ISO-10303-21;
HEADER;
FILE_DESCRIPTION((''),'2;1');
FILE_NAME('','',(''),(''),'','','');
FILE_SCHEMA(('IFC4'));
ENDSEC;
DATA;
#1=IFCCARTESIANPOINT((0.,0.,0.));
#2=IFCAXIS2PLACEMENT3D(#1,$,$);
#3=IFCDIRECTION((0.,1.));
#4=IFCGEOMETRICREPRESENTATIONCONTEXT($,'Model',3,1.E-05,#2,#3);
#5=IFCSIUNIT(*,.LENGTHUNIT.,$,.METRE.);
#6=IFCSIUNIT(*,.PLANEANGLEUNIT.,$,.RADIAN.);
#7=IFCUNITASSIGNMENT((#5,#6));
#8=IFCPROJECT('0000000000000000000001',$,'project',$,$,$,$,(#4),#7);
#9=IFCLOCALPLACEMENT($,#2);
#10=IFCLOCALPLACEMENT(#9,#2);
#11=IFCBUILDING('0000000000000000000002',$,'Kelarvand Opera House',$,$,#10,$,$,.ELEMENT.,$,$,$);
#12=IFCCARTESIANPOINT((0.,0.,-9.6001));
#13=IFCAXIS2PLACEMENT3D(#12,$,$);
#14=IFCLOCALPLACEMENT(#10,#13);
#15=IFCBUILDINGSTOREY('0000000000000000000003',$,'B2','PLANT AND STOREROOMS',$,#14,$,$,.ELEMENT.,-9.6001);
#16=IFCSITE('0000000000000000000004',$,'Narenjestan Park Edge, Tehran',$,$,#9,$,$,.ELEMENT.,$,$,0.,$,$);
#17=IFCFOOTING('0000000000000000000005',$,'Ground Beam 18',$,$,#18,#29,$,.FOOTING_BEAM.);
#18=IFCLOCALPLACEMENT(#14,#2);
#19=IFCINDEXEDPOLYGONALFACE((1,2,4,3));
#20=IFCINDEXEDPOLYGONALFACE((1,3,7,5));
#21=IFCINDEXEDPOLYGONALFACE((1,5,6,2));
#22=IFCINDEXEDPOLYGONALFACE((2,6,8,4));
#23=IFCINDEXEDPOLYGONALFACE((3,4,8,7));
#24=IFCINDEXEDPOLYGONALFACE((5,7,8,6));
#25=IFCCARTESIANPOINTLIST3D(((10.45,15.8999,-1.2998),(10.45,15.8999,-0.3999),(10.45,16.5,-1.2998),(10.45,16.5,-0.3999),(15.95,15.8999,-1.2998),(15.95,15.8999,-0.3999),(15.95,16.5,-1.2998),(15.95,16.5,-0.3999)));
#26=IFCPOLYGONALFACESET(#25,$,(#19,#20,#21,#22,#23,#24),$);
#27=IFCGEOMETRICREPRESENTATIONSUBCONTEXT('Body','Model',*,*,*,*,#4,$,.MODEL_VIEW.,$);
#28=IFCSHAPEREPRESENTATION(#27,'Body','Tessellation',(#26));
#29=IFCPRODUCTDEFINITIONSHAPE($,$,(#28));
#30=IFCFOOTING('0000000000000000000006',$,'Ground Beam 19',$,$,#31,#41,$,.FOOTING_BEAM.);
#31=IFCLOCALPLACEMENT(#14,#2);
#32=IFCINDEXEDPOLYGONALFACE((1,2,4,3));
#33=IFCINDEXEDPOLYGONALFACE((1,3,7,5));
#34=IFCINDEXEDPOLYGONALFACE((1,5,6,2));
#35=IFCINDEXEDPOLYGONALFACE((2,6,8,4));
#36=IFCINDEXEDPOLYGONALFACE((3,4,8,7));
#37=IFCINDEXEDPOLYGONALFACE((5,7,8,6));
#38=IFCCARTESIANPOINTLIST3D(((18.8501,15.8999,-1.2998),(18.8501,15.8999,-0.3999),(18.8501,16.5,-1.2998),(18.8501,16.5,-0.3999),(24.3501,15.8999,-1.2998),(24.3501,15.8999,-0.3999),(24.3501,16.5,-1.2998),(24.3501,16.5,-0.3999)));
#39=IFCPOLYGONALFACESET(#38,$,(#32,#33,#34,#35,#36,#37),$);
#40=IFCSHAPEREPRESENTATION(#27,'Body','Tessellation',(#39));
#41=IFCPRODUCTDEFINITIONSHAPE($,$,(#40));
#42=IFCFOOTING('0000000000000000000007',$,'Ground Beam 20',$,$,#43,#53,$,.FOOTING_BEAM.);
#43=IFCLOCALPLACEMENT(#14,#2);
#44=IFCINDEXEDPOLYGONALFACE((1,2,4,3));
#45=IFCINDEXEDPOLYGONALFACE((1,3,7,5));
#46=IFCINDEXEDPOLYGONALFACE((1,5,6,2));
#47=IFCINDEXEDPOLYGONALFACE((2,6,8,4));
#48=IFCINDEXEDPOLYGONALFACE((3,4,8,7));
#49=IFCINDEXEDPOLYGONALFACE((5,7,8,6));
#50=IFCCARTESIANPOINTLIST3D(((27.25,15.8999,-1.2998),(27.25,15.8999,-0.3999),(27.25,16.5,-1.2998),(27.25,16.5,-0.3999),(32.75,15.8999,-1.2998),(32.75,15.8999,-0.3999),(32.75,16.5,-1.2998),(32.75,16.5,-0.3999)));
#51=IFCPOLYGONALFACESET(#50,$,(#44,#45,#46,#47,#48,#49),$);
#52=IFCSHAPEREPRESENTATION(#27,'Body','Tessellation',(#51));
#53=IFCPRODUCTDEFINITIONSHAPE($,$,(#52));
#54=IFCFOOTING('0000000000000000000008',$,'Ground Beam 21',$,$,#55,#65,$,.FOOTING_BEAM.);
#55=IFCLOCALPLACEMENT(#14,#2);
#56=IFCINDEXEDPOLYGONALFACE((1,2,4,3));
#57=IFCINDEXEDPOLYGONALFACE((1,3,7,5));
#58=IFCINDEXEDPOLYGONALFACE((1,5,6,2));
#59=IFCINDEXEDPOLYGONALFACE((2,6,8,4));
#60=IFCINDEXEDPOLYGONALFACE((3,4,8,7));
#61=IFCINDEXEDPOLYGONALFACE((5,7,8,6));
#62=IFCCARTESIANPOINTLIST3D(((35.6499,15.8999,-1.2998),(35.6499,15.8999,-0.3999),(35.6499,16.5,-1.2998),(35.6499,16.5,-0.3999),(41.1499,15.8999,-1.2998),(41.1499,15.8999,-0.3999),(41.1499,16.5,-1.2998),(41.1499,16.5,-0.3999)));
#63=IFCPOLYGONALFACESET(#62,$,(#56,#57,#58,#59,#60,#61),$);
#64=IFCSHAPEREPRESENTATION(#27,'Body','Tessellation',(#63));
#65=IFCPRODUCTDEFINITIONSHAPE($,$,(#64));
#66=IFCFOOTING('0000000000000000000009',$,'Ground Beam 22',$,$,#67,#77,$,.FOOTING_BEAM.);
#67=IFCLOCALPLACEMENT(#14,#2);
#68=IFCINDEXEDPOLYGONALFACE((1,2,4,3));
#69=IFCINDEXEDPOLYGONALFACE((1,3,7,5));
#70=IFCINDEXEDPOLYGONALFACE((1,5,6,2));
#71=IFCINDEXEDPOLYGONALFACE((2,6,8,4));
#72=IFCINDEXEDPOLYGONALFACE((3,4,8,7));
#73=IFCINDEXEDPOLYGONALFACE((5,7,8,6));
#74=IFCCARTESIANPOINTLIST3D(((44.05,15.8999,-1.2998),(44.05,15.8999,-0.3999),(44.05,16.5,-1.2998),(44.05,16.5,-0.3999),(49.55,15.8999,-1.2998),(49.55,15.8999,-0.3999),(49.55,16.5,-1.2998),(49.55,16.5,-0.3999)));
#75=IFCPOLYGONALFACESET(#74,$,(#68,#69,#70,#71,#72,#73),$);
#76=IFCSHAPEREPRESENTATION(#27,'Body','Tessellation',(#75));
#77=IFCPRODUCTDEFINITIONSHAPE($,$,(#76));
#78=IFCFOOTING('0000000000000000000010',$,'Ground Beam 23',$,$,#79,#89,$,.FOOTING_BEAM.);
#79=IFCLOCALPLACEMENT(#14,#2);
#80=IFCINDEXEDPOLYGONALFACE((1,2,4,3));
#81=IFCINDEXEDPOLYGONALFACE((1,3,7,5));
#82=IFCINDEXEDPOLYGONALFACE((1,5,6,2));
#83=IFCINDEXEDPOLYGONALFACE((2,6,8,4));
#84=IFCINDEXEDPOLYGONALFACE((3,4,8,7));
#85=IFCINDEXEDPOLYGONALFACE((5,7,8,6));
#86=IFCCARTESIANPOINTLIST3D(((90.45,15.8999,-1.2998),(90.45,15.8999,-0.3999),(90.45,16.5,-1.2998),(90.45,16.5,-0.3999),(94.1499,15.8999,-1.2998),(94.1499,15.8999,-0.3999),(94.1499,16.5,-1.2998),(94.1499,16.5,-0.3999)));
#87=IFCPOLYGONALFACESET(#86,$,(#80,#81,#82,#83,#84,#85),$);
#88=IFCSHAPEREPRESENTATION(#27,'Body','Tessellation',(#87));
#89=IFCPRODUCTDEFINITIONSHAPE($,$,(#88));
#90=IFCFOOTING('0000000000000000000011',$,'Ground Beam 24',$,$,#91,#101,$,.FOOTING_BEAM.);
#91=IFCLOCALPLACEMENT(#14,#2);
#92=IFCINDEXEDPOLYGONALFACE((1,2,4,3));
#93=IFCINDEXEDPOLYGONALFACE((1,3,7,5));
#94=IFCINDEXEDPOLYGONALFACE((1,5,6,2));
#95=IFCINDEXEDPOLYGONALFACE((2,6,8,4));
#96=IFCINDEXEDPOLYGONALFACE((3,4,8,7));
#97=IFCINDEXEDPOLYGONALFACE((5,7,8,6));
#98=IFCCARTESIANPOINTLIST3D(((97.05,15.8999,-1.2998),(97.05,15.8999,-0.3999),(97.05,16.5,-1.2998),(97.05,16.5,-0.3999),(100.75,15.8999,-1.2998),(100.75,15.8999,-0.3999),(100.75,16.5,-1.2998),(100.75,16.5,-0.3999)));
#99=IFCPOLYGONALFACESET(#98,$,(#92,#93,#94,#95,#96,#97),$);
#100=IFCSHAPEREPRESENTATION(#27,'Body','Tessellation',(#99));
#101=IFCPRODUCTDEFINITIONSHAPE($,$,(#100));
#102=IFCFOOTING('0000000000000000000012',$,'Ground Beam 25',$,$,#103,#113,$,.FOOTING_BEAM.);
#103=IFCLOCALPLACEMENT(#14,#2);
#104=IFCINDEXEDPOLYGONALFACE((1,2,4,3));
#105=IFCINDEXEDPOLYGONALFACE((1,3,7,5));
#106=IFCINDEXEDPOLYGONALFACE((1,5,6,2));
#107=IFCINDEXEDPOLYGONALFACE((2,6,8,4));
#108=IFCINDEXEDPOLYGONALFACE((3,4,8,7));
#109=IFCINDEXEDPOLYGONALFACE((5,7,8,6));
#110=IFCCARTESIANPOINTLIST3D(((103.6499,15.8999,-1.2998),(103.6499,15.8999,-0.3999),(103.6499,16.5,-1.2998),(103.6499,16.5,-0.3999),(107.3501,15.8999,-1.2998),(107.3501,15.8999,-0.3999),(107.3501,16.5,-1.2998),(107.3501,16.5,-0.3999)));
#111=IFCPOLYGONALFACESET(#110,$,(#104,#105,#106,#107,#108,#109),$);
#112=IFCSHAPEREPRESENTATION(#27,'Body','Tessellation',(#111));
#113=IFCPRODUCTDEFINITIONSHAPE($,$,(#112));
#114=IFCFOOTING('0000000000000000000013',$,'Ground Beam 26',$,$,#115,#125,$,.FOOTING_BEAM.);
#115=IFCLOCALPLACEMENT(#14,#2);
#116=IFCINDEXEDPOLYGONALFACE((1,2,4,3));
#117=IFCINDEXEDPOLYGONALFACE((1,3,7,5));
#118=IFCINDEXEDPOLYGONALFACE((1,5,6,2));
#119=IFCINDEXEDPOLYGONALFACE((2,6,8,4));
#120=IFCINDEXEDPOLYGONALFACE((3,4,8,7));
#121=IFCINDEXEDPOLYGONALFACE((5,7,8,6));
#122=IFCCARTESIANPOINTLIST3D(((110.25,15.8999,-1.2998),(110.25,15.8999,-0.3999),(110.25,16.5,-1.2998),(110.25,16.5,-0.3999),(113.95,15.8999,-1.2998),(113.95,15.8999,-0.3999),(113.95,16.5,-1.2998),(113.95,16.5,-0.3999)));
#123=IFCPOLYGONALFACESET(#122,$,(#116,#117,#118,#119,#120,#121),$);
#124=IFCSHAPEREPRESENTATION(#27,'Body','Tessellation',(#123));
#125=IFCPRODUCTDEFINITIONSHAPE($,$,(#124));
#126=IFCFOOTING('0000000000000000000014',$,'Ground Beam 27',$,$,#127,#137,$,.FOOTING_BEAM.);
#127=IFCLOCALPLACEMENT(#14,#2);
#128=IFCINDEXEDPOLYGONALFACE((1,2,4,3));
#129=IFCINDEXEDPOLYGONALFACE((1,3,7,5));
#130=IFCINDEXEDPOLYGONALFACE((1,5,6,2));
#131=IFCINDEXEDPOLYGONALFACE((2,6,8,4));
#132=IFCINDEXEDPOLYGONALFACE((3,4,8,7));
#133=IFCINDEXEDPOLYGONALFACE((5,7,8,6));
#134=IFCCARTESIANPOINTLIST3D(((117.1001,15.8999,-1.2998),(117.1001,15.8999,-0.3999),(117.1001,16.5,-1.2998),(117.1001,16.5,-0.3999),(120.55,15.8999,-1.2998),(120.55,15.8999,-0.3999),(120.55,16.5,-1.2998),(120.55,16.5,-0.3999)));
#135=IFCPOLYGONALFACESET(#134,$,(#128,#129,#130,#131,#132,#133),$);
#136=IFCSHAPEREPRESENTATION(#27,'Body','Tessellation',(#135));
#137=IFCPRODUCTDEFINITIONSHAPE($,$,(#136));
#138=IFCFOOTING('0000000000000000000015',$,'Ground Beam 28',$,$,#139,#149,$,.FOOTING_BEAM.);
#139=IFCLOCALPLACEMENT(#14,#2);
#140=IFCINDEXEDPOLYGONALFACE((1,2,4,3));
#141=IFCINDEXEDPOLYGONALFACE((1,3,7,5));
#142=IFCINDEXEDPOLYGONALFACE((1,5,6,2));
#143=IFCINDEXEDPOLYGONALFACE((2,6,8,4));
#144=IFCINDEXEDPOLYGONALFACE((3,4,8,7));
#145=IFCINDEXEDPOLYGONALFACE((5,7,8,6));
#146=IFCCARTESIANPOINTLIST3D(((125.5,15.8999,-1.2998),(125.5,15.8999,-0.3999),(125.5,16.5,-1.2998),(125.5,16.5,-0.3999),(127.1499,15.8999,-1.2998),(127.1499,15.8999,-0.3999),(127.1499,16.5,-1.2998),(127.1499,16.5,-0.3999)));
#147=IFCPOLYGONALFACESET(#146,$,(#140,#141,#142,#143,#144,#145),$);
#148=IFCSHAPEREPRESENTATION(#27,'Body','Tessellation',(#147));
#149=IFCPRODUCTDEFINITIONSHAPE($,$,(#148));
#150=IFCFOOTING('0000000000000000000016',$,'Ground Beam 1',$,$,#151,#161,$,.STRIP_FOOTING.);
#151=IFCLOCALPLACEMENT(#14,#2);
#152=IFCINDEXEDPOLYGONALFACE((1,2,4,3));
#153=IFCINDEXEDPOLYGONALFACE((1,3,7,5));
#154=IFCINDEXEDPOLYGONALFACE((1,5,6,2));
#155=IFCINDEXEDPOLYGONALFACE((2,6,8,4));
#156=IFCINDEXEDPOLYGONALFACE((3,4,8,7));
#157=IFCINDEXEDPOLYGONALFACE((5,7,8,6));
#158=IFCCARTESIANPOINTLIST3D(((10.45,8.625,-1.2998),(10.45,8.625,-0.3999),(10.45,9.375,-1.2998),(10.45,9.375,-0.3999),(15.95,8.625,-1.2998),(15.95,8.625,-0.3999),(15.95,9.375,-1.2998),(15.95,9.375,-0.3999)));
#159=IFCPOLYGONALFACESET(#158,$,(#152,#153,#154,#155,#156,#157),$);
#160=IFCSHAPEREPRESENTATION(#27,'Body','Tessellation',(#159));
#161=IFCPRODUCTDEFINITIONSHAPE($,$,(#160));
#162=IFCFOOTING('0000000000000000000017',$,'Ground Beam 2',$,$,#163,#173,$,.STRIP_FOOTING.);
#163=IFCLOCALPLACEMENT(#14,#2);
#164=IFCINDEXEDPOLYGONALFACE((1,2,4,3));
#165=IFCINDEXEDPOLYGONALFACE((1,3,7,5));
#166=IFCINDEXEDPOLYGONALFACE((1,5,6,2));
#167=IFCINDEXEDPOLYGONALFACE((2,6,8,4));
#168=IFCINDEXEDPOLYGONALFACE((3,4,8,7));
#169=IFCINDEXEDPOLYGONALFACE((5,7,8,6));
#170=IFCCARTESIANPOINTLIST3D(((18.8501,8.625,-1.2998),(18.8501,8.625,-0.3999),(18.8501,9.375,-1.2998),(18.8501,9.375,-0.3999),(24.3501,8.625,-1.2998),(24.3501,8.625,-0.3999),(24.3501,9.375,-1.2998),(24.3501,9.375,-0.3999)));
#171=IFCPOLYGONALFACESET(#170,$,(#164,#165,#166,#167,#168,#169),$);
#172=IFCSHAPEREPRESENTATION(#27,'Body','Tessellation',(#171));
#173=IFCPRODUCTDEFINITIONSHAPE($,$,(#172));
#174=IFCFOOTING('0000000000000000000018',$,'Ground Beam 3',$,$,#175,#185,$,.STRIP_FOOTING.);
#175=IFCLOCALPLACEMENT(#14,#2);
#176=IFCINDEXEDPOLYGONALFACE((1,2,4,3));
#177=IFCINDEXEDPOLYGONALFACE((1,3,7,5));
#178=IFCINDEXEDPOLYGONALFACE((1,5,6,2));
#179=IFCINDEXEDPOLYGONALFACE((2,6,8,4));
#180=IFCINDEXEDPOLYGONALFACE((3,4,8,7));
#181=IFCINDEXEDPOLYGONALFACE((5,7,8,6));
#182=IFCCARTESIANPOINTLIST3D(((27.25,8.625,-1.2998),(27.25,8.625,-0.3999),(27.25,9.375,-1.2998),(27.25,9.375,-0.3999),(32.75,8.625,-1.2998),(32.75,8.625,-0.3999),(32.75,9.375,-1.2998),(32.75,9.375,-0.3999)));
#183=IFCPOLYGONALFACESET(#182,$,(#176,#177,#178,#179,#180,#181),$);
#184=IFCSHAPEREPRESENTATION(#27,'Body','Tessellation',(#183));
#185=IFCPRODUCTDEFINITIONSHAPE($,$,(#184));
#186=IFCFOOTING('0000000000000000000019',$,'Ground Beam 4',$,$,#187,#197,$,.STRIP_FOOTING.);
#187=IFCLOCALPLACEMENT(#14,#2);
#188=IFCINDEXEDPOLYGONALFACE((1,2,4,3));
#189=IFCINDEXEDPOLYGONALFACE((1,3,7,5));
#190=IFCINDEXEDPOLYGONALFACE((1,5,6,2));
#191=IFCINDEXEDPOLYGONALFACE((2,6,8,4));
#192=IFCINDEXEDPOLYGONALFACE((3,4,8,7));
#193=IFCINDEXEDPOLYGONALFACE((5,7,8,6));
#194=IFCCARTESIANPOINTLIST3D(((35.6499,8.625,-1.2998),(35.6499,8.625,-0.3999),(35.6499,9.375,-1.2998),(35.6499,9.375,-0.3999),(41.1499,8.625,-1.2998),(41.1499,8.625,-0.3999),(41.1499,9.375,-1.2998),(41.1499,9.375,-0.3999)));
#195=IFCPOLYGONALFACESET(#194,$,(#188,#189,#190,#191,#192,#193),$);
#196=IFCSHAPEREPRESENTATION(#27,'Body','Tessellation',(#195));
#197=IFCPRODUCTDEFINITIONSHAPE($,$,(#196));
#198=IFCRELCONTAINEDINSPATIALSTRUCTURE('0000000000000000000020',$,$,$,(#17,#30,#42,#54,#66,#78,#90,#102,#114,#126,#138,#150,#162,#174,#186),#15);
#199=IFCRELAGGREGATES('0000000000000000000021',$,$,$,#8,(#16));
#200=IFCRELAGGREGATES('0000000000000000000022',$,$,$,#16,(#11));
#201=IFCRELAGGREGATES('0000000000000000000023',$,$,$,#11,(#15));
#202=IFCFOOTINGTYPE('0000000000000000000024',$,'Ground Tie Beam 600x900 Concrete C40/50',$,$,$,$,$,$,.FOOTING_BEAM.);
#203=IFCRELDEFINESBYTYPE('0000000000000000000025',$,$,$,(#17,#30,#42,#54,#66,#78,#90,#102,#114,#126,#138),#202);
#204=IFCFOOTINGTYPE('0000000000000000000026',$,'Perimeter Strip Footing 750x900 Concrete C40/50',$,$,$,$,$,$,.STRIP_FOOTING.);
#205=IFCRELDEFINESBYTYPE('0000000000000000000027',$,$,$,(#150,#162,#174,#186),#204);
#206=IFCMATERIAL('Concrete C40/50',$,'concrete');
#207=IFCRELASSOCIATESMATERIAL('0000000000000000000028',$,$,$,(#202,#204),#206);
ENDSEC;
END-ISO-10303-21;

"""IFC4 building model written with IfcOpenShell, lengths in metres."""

from ifc_helpers import new_model, si_unit, direction, frame, origin, place, context, subcontext, project, spatial, polyline, outline, extrude, material, type_object, element, save


model = new_model("IFC4")

# Units and contexts
model_context = context("Model", 3, precision=1e-05, world=origin(), true_north=direction((0.0, 1.0)))
body_context = subcontext(model_context, "Body", "Model", "MODEL_VIEW")
ifc_project = project(units=[si_unit("LENGTHUNIT", "METRE"), si_unit("PLANEANGLEUNIT", "RADIAN")], contexts=[model_context])

# Site, building, storey
site_placement = place(None, origin())
site = spatial("IfcSite", under=ifc_project, at=site_placement, Name="Narenjestan Park Edge, Tehran", CompositionType="ELEMENT", RefElevation=0.0)
building_placement = place(site_placement, origin())
building = spatial("IfcBuilding", under=site, at=building_placement, Name="Kelarvand Opera House", CompositionType="ELEMENT")
storey_placement = place(building_placement, frame((0.0, 0.0, -9.6001)))
storey = spatial("IfcBuildingStorey", under=building, at=storey_placement, Name="B2", Description="PLANT AND STOREROOMS", CompositionType="ELEMENT", Elevation=-9.6001)

# Footings
ifc_material = material(Name="Concrete C40/50", Category="concrete")
footing_type_1 = type_object("IfcFootingType", Name="Ground Tie Beam 600x900 Concrete C40/50", PredefinedType="FOOTING_BEAM", material=ifc_material)
footing_1_placement = place(storey_placement, frame((0.0, 0.0, -1.2998)))
element("IfcFooting", 1, at=footing_1_placement, inside=storey, type_object=footing_type_1, Name="Ground Beam 18", PredefinedType="FOOTING_BEAM", context=body_context, shape_type="SweptSolid", body=[
    extrude(outline(polyline([(10.45, 15.8999), (15.95, 15.8999), (15.95, 16.5), (10.45, 16.5), (10.45, 15.8999)])), origin(), (0.0, 0.0, 1.0), 0.8999),
])
footing_2_placement = place(storey_placement, frame((0.0, 0.0, -1.2998)))
element("IfcFooting", 2, at=footing_2_placement, inside=storey, type_object=footing_type_1, Name="Ground Beam 19", PredefinedType="FOOTING_BEAM", context=body_context, shape_type="SweptSolid", body=[
    extrude(outline(polyline([(18.8501, 15.8999), (24.3501, 15.8999), (24.3501, 16.5), (18.8501, 16.5), (18.8501, 15.8999)])), origin(), (0.0, 0.0, 1.0), 0.8999),
])
footing_3_placement = place(storey_placement, frame((0.0, 0.0, -1.2998)))
element("IfcFooting", 3, at=footing_3_placement, inside=storey, type_object=footing_type_1, Name="Ground Beam 20", PredefinedType="FOOTING_BEAM", context=body_context, shape_type="SweptSolid", body=[
    extrude(outline(polyline([(27.25, 15.8999), (32.75, 15.8999), (32.75, 16.5), (27.25, 16.5), (27.25, 15.8999)])), origin(), (0.0, 0.0, 1.0), 0.8999),
])
footing_4_placement = place(storey_placement, frame((0.0, 0.0, -1.2998)))
element("IfcFooting", 4, at=footing_4_placement, inside=storey, type_object=footing_type_1, Name="Ground Beam 21", PredefinedType="FOOTING_BEAM", context=body_context, shape_type="SweptSolid", body=[
    extrude(outline(polyline([(35.6499, 15.8999), (41.1499, 15.8999), (41.1499, 16.5), (35.6499, 16.5), (35.6499, 15.8999)])), origin(), (0.0, 0.0, 1.0), 0.8999),
])
footing_5_placement = place(storey_placement, frame((0.0, 0.0, -1.2998)))
element("IfcFooting", 5, at=footing_5_placement, inside=storey, type_object=footing_type_1, Name="Ground Beam 22", PredefinedType="FOOTING_BEAM", context=body_context, shape_type="SweptSolid", body=[
    extrude(outline(polyline([(44.05, 15.8999), (49.55, 15.8999), (49.55, 16.5), (44.05, 16.5), (44.05, 15.8999)])), origin(), (0.0, 0.0, 1.0), 0.8999),
])
footing_6_placement = place(storey_placement, frame((0.0, 0.0, -1.2998)))
element("IfcFooting", 6, at=footing_6_placement, inside=storey, type_object=footing_type_1, Name="Ground Beam 23", PredefinedType="FOOTING_BEAM", context=body_context, shape_type="SweptSolid", body=[
    extrude(outline(polyline([(90.45, 15.8999), (94.1499, 15.8999), (94.1499, 16.5), (90.45, 16.5), (90.45, 15.8999)])), origin(), (0.0, 0.0, 1.0), 0.8999),
])
footing_7_placement = place(storey_placement, frame((0.0, 0.0, -1.2998)))
element("IfcFooting", 7, at=footing_7_placement, inside=storey, type_object=footing_type_1, Name="Ground Beam 24", PredefinedType="FOOTING_BEAM", context=body_context, shape_type="SweptSolid", body=[
    extrude(outline(polyline([(97.05, 15.8999), (100.75, 15.8999), (100.75, 16.5), (97.05, 16.5), (97.05, 15.8999)])), origin(), (0.0, 0.0, 1.0), 0.8999),
])
footing_8_placement = place(storey_placement, frame((0.0, 0.0, -1.2998)))
element("IfcFooting", 8, at=footing_8_placement, inside=storey, type_object=footing_type_1, Name="Ground Beam 25", PredefinedType="FOOTING_BEAM", context=body_context, shape_type="SweptSolid", body=[
    extrude(outline(polyline([(103.6499, 15.8999), (107.3501, 15.8999), (107.3501, 16.5), (103.6499, 16.5), (103.6499, 15.8999)])), origin(), (0.0, 0.0, 1.0), 0.8999),
])
footing_9_placement = place(storey_placement, frame((0.0, 0.0, -1.2998)))
element("IfcFooting", 9, at=footing_9_placement, inside=storey, type_object=footing_type_1, Name="Ground Beam 26", PredefinedType="FOOTING_BEAM", context=body_context, shape_type="SweptSolid", body=[
    extrude(outline(polyline([(110.25, 15.8999), (113.95, 15.8999), (113.95, 16.5), (110.25, 16.5), (110.25, 15.8999)])), origin(), (0.0, 0.0, 1.0), 0.8999),
])
footing_10_placement = place(storey_placement, frame((0.0, 0.0, -1.2998)))
element("IfcFooting", 10, at=footing_10_placement, inside=storey, type_object=footing_type_1, Name="Ground Beam 27", PredefinedType="FOOTING_BEAM", context=body_context, shape_type="SweptSolid", body=[
    extrude(outline(polyline([(117.1001, 15.8999), (120.55, 15.8999), (120.55, 16.5), (117.1001, 16.5), (117.1001, 15.8999)])), origin(), (0.0, 0.0, 1.0), 0.8999),
])
footing_11_placement = place(storey_placement, frame((0.0, 0.0, -1.2998)))
element("IfcFooting", 11, at=footing_11_placement, inside=storey, type_object=footing_type_1, Name="Ground Beam 28", PredefinedType="FOOTING_BEAM", context=body_context, shape_type="SweptSolid", body=[
    extrude(outline(polyline([(125.5, 15.8999), (127.1499, 15.8999), (127.1499, 16.5), (125.5, 16.5), (125.5, 15.8999)])), origin(), (0.0, 0.0, 1.0), 0.8999),
])
footing_type_2 = type_object("IfcFootingType", Name="Perimeter Strip Footing 750x900 Concrete C40/50", PredefinedType="STRIP_FOOTING", material=ifc_material)
footing_12_placement = place(storey_placement, frame((0.0, 0.0, -1.2998)))
element("IfcFooting", 12, at=footing_12_placement, inside=storey, type_object=footing_type_2, Name="Ground Beam 1", PredefinedType="STRIP_FOOTING", context=body_context, shape_type="SweptSolid", body=[
    extrude(outline(polyline([(10.45, 8.625), (15.95, 8.625), (15.95, 9.375), (10.45, 9.375), (10.45, 8.625)])), origin(), (0.0, 0.0, 1.0), 0.8999),
])
footing_13_placement = place(storey_placement, frame((0.0, 0.0, -1.2998)))
element("IfcFooting", 13, at=footing_13_placement, inside=storey, type_object=footing_type_2, Name="Ground Beam 2", PredefinedType="STRIP_FOOTING", context=body_context, shape_type="SweptSolid", body=[
    extrude(outline(polyline([(18.8501, 8.625), (24.3501, 8.625), (24.3501, 9.375), (18.8501, 9.375), (18.8501, 8.625)])), origin(), (0.0, 0.0, 1.0), 0.8999),
])
footing_14_placement = place(storey_placement, frame((0.0, 0.0, -1.2998)))
element("IfcFooting", 14, at=footing_14_placement, inside=storey, type_object=footing_type_2, Name="Ground Beam 3", PredefinedType="STRIP_FOOTING", context=body_context, shape_type="SweptSolid", body=[
    extrude(outline(polyline([(27.25, 8.625), (32.75, 8.625), (32.75, 9.375), (27.25, 9.375), (27.25, 8.625)])), origin(), (0.0, 0.0, 1.0), 0.8999),
])
footing_15_placement = place(storey_placement, frame((0.0, 0.0, -1.2998)))
element("IfcFooting", 15, at=footing_15_placement, inside=storey, type_object=footing_type_2, Name="Ground Beam 4", PredefinedType="STRIP_FOOTING", context=body_context, shape_type="SweptSolid", body=[
    extrude(outline(polyline([(35.6499, 8.625), (41.1499, 8.625), (41.1499, 9.375), (35.6499, 9.375), (35.6499, 8.625)])), origin(), (0.0, 0.0, 1.0), 0.8999),
])

save(model, "model.ifc")
